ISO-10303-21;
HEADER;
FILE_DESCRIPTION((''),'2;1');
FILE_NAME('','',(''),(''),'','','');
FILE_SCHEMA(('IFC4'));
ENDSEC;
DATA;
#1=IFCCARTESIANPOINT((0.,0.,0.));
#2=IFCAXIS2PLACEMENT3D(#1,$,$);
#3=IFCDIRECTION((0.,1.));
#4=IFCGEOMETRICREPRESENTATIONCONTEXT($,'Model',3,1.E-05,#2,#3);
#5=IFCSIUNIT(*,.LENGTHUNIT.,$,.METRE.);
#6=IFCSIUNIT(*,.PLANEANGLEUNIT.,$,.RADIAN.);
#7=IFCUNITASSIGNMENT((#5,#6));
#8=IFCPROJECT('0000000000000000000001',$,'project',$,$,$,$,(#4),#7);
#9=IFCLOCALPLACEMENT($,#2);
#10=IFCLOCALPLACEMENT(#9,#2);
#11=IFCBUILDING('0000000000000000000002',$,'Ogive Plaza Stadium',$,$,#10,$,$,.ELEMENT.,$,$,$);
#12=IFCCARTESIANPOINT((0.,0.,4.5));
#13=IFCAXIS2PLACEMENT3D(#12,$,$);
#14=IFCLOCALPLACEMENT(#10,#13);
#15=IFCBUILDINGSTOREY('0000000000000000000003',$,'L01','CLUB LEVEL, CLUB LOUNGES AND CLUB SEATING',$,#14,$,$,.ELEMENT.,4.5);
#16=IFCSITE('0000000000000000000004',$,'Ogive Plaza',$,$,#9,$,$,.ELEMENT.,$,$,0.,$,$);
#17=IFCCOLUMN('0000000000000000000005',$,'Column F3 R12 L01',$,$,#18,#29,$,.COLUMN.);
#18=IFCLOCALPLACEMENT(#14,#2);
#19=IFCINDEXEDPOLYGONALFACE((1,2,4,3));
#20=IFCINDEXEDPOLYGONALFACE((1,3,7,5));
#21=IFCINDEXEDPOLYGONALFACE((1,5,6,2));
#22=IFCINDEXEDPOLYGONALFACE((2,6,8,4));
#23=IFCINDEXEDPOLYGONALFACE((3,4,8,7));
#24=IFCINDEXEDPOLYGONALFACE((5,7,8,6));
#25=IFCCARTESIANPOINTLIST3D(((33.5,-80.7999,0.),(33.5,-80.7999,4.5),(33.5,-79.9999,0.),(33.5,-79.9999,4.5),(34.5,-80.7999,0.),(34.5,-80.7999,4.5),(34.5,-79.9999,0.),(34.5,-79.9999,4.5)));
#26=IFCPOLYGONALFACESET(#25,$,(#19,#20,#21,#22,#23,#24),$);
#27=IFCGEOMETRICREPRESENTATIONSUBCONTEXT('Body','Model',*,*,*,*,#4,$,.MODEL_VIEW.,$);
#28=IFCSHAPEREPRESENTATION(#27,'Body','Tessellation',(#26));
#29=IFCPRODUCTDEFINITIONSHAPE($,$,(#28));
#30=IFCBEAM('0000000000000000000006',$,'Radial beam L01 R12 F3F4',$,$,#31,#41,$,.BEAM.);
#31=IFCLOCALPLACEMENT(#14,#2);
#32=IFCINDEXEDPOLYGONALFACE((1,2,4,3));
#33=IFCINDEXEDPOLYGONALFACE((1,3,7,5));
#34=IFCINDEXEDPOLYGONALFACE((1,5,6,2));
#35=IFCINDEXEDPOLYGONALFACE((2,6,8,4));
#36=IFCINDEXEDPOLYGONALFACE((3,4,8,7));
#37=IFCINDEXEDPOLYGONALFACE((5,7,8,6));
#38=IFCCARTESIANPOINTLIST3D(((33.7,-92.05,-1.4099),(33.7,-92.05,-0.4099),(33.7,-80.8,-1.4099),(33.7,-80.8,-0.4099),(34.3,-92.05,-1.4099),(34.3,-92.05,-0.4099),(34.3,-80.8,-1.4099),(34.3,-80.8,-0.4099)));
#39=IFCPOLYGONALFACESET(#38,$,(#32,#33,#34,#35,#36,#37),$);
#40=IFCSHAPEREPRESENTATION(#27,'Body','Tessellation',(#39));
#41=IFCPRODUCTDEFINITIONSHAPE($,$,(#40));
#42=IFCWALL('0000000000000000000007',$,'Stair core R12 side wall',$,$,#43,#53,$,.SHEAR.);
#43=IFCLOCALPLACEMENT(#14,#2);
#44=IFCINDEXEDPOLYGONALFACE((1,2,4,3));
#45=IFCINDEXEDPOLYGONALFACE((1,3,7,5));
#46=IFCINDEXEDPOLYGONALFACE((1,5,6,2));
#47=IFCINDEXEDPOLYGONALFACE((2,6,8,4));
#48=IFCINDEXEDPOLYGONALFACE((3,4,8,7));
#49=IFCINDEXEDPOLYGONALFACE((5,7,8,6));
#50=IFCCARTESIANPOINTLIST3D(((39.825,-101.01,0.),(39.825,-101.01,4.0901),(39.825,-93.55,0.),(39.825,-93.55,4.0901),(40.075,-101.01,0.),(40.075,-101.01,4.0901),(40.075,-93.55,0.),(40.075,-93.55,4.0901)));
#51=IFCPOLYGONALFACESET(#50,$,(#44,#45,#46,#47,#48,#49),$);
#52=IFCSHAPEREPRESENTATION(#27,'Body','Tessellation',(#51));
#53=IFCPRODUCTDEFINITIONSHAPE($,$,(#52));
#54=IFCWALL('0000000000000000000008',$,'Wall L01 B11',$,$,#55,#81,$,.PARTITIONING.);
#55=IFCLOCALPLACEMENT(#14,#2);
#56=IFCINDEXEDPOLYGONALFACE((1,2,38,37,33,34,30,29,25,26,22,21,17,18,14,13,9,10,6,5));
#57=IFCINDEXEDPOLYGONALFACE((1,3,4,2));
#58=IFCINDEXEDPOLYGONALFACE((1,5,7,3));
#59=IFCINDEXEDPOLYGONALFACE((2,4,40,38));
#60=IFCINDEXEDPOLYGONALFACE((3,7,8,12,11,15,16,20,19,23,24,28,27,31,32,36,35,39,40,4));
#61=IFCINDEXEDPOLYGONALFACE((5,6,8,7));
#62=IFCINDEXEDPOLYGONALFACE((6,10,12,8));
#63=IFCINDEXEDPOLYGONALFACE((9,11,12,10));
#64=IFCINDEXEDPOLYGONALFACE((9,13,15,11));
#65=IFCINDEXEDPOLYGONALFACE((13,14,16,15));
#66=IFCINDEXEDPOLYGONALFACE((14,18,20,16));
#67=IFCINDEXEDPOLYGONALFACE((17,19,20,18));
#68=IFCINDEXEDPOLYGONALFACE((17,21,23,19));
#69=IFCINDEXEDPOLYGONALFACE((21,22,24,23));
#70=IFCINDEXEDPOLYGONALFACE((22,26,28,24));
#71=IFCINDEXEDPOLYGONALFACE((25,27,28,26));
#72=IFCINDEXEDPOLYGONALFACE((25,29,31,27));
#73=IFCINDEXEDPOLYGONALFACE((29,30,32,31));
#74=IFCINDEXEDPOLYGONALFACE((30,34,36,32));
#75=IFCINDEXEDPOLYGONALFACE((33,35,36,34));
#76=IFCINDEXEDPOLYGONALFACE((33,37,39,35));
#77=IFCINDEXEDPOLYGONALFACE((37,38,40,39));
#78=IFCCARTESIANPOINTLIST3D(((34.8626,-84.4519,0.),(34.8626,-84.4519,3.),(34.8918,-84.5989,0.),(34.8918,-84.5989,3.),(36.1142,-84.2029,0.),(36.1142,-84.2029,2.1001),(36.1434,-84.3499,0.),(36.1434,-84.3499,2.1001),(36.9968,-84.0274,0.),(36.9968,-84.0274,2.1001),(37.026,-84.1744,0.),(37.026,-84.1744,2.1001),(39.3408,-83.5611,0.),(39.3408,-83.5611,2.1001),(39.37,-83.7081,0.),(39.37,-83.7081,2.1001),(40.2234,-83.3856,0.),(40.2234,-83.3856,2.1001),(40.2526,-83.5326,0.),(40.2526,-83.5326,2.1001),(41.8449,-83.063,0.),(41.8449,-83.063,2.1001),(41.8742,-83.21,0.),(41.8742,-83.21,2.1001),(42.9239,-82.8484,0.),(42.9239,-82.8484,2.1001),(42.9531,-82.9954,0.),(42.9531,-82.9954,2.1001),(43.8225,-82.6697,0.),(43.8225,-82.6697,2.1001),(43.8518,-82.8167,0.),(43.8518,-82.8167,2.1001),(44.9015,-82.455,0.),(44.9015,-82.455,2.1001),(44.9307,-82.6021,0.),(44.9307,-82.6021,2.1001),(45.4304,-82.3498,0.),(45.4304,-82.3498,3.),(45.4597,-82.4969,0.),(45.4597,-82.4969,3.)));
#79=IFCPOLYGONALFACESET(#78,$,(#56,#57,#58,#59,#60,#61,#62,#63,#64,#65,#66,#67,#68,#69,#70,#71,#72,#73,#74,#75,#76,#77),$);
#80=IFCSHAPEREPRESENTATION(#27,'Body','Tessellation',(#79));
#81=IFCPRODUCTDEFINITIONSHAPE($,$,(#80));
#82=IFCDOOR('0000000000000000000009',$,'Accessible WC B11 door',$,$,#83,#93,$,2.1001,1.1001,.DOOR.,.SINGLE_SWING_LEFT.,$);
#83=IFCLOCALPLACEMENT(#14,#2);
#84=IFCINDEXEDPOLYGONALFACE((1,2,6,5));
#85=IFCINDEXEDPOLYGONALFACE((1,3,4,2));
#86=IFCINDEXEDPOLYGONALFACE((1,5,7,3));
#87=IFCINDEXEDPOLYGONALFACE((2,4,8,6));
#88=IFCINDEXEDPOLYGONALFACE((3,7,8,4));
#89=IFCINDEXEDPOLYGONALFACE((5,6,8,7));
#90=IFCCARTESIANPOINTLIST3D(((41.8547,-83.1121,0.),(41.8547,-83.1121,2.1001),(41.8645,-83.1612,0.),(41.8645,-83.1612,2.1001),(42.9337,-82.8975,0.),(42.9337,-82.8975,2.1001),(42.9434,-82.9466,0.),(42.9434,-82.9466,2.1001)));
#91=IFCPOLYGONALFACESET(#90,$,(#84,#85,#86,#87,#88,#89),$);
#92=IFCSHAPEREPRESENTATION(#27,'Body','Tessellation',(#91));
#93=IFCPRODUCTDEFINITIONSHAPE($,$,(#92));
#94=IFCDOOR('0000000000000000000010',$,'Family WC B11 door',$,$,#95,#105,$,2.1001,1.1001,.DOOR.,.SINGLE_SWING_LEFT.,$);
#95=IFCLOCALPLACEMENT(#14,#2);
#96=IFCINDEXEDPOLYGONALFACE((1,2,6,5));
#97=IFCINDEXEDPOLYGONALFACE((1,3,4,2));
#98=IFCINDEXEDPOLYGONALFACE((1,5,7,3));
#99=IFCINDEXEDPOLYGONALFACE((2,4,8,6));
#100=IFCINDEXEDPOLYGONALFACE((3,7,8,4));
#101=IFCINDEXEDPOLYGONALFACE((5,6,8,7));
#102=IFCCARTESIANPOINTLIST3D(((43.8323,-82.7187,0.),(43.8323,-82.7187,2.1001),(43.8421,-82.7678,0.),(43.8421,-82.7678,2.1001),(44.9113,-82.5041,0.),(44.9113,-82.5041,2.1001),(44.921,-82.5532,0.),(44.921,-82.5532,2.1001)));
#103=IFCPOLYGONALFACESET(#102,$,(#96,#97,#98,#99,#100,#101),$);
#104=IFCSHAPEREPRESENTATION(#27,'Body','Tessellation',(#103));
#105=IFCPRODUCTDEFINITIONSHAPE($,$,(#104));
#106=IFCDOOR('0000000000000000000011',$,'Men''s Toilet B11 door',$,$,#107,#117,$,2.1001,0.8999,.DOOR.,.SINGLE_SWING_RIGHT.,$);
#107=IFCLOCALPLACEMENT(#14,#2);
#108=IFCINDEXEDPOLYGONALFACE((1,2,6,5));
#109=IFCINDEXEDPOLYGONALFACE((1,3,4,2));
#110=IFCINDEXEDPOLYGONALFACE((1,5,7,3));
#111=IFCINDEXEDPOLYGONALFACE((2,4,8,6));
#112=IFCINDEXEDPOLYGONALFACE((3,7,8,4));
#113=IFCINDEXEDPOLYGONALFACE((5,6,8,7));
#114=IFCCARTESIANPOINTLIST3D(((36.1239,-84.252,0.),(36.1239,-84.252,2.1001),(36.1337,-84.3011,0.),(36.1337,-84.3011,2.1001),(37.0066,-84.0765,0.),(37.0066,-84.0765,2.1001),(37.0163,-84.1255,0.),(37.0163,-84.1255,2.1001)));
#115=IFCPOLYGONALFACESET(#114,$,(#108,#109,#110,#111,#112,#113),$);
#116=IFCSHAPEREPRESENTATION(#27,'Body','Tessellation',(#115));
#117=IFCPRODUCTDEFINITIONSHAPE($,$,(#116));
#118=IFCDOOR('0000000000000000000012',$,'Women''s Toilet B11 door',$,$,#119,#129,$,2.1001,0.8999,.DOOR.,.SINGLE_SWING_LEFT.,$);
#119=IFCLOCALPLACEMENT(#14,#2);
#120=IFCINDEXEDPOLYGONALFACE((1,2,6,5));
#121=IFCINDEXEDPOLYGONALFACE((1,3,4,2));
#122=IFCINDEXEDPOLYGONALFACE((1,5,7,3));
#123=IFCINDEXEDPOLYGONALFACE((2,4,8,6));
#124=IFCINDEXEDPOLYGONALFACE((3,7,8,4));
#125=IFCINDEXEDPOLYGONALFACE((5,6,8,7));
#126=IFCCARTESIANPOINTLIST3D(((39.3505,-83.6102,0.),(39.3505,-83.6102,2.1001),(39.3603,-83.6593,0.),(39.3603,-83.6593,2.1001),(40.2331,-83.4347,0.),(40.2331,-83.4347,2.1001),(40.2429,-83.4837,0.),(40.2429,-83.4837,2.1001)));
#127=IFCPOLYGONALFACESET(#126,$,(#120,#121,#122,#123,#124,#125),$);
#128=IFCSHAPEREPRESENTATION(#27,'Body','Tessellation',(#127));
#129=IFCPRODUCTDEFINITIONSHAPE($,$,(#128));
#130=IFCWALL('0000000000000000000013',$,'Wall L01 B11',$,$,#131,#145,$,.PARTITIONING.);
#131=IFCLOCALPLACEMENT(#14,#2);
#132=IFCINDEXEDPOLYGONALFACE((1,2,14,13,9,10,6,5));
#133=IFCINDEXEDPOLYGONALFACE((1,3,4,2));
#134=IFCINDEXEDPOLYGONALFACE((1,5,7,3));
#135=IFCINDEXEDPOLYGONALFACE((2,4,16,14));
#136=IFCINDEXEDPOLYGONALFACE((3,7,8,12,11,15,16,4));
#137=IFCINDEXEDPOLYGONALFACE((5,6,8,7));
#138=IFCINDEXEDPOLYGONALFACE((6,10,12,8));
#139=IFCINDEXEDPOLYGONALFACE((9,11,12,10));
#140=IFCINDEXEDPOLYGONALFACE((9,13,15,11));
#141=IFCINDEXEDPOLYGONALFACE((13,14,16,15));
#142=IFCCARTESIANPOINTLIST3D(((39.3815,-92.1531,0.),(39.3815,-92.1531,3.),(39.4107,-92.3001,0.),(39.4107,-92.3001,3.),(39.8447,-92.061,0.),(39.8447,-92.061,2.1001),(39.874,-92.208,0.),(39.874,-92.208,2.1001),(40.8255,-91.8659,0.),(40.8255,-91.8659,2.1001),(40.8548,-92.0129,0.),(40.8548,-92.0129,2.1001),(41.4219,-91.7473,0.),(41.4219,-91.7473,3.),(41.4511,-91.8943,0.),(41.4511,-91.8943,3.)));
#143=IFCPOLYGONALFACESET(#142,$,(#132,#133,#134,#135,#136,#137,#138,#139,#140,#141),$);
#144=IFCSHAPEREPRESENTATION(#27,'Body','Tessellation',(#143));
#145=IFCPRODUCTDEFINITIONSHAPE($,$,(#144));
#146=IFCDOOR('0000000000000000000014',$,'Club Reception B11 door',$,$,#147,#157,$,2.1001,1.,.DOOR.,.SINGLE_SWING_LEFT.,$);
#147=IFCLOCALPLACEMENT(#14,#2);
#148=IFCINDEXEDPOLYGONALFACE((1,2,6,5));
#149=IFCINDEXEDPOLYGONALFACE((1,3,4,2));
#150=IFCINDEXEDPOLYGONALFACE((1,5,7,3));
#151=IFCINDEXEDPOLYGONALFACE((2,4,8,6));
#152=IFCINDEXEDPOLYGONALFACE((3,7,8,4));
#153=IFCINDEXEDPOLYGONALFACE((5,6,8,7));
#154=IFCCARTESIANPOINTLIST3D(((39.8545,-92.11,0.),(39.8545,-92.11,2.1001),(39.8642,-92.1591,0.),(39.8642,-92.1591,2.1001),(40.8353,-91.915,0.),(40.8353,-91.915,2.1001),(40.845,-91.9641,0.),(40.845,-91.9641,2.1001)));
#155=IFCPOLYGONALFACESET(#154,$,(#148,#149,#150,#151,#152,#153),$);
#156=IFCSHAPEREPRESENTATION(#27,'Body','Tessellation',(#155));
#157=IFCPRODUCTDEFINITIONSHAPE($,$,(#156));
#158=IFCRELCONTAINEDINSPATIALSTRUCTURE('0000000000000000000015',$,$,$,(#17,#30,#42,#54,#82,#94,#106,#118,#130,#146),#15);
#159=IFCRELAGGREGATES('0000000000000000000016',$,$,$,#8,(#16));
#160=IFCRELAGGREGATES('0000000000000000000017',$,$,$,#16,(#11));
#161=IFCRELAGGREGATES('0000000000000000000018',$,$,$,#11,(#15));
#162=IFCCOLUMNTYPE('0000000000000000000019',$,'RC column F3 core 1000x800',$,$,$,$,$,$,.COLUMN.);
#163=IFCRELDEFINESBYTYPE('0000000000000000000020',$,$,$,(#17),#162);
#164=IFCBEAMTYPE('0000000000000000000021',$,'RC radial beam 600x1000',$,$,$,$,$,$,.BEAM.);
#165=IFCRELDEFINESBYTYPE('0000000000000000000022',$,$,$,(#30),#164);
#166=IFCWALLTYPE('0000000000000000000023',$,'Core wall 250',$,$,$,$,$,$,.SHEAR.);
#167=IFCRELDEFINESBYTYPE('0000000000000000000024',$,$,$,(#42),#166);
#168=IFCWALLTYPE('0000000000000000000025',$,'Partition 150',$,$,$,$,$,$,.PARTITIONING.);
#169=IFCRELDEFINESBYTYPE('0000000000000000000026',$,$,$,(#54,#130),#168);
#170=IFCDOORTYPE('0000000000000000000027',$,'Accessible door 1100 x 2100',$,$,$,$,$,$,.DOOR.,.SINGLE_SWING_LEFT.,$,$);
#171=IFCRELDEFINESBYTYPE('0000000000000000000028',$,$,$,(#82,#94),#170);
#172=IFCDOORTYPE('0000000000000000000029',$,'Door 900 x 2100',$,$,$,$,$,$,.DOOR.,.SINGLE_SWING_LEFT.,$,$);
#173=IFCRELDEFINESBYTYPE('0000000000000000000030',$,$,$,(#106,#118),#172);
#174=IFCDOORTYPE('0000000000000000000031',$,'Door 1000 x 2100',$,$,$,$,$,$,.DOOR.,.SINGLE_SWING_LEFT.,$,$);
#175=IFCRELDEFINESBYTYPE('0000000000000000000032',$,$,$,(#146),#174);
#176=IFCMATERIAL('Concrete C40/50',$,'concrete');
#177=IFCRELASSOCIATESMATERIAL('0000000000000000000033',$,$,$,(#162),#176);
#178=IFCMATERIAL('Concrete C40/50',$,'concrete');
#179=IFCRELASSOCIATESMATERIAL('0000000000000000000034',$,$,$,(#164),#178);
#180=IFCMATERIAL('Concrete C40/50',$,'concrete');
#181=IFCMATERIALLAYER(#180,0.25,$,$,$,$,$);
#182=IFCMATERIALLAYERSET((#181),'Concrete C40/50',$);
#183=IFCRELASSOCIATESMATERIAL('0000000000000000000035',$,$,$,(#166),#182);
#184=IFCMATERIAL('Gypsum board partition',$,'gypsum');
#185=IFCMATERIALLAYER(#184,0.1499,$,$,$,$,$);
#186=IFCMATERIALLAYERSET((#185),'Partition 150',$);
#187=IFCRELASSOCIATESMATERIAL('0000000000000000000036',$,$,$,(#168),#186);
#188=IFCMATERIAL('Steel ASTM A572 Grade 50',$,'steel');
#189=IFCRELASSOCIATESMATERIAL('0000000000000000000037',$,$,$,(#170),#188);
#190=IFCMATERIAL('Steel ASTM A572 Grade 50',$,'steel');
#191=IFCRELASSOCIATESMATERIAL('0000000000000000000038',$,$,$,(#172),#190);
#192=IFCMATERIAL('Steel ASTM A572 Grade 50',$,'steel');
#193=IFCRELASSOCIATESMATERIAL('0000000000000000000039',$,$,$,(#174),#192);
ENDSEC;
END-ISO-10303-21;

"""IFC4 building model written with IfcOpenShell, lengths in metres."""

from ifc_helpers import new_model, si_unit, direction, frame, frame_2d, origin, origin_2d, place, context, subcontext, project, spatial, rectangle, extrude, material, layer, layer_set, material_profile, profile_set, type_object, element, fill, save


model = new_model("IFC4")

# Units and contexts
model_context = context("Model", 3, precision=1e-05, world=origin(), true_north=direction((0.0, 1.0)))
body_context = subcontext(model_context, "Body", "Model", "MODEL_VIEW")
ifc_project = project(units=[si_unit("LENGTHUNIT", "METRE"), si_unit("PLANEANGLEUNIT", "RADIAN")], contexts=[model_context])

# Site, building, storey
site_placement = place(None, origin())
site = spatial("IfcSite", under=ifc_project, at=site_placement, Name="Ogive Plaza", CompositionType="ELEMENT", RefElevation=0.0)
building_placement = place(site_placement, origin())
building = spatial("IfcBuilding", under=site, at=building_placement, Name="Ogive Plaza Stadium", CompositionType="ELEMENT")
storey_placement = place(building_placement, frame((0.0, 0.0, 4.5)))
storey = spatial("IfcBuildingStorey", under=building, at=storey_placement, Name="L01", Description="CLUB LEVEL, CLUB LOUNGES AND CLUB SEATING", CompositionType="ELEMENT", Elevation=4.5)

# Column
ifc_material_1 = material(Name="Concrete C40/50", Category="concrete")
ifc_material_profile_1 = material_profile(ifc_material_1, rectangle(XDim=1.0, YDim=0.8, at=origin_2d()), Name="RC 1000x800")
ifc_profile_set_1 = profile_set([ifc_material_profile_1], Name="Concrete C40/50")
column_type = type_object("IfcColumnType", Name="RC column F3 core 1000x800", PredefinedType="COLUMN", material=ifc_profile_set_1)
column_placement = place(storey_placement, frame((34.0, -80.3999, 0.0), z_axis=(0.0, 0.0, 1.0), x_axis=(1.0, 0.0, 0.0)))
element("IfcColumn", 1, at=column_placement, inside=storey, type_object=column_type, Name="Column F3 R12 L01", PredefinedType="COLUMN", context=body_context, shape_type="SweptSolid", body=[
    extrude(rectangle(XDim=1.0, YDim=0.8, at=origin_2d()), origin(), (0.0, 0.0, 1.0), 4.5),
])

# Beam
ifc_material_2 = material(Name="Concrete C40/50", Category="concrete")
ifc_material_profile_2 = material_profile(ifc_material_2, rectangle(XDim=0.6001, YDim=1.0, at=origin_2d()), Name="RC 600x1000")
ifc_profile_set_2 = profile_set([ifc_material_profile_2], Name="Concrete C40/50")
beam_type = type_object("IfcBeamType", Name="RC radial beam 600x1000", PredefinedType="BEAM", material=ifc_profile_set_2)
beam_placement = place(storey_placement, frame((34.0, -80.8, -0.9099), z_axis=(0.0, -1.0, 0.0), x_axis=(1.0, 0.0, 0.0)))
element("IfcBeam", 2, at=beam_placement, inside=storey, type_object=beam_type, Name="Radial beam L01 R12 F3F4", PredefinedType="BEAM", context=body_context, shape_type="SweptSolid", body=[
    extrude(rectangle(XDim=0.6001, YDim=1.0, at=origin_2d()), origin(), (0.0, 0.0, 1.0), 11.25),
])

# Wall
ifc_material_3 = material(Name="Concrete C40/50", Category="concrete")
ifc_layer_1 = layer(ifc_material_3, 0.25)
ifc_layer_set_1 = layer_set([ifc_layer_1], Name="Concrete C40/50")
wall_type_1 = type_object("IfcWallType", Name="Core wall 250", PredefinedType="SHEAR", material=ifc_layer_set_1)
wall_1_placement = place(storey_placement, frame((39.95, -93.55, 0.0), z_axis=(0.0, 0.0, 1.0), x_axis=(0.0, -1.0, 0.0)))
element("IfcWall", 3, at=wall_1_placement, inside=storey, type_object=wall_type_1, Name="Stair core R12 side wall", PredefinedType="SHEAR", context=body_context, shape_type="SweptSolid", body=[
    extrude(rectangle(XDim=7.46, YDim=0.25, at=frame_2d((3.73, 0.0))), origin(), (0.0, 0.0, 1.0), 4.0901),
])

# Wall, openings, doors
ifc_material_4 = material(Name="Gypsum board partition", Category="gypsum")
ifc_layer_2 = layer(ifc_material_4, 0.1499)
ifc_layer_set_2 = layer_set([ifc_layer_2], Name="Partition 150")
wall_type_2 = type_object("IfcWallType", Name="Partition 150", PredefinedType="PARTITIONING", material=ifc_layer_set_2)
wall_2_placement = place(storey_placement, frame((34.8772, -84.5254, 0.0), z_axis=(0.0, 0.0, 1.0), x_axis=(0.980786, 0.195088, 0.0)))
wall_2 = element("IfcWall", 4, at=wall_2_placement, inside=storey, type_object=wall_type_2, Name="Wall L01 B11", PredefinedType="PARTITIONING", context=body_context, shape_type="SweptSolid", body=[
    extrude(rectangle(XDim=10.7749, YDim=0.1499, at=frame_2d((5.3875, 0.0))), origin(), (0.0, 0.0, 1.0), 3.0),
])
opening_1_placement = place(wall_2_placement, frame((1.2761, 0.0, 0.0)))
opening_1 = element("IfcOpeningElement", 5, at=opening_1_placement, cuts=wall_2, PredefinedType="OPENING", context=body_context, shape_type="SweptSolid", body=[
    extrude(rectangle(XDim=0.8999, YDim=2.1001, at=frame_2d((0.45, 1.05))), frame((0.0, 0.075, 0.0), z_axis=(0.0, -1.0, 0.0), x_axis=(1.0, 0.0, 0.0)), (0.0, 0.0, 1.0), 0.1499),
])
opening_2_placement = place(wall_2_placement, frame((4.5659, 0.0, 0.0)))
opening_2 = element("IfcOpeningElement", 6, at=opening_2_placement, cuts=wall_2, PredefinedType="OPENING", context=body_context, shape_type="SweptSolid", body=[
    extrude(rectangle(XDim=0.8999, YDim=2.1001, at=frame_2d((0.45, 1.05))), frame((0.0, 0.075, 0.0), z_axis=(0.0, -1.0, 0.0), x_axis=(1.0, 0.0, 0.0)), (0.0, 0.0, 1.0), 0.1499),
])
opening_3_placement = place(wall_2_placement, frame((7.1191, 0.0, 0.0)))
opening_3 = element("IfcOpeningElement", 7, at=opening_3_placement, cuts=wall_2, PredefinedType="OPENING", context=body_context, shape_type="SweptSolid", body=[
    extrude(rectangle(XDim=1.1001, YDim=2.1001, at=frame_2d((0.55, 1.05))), frame((0.0, 0.075, 0.0), z_axis=(0.0, -1.0, 0.0), x_axis=(1.0, 0.0, 0.0)), (0.0, 0.0, 1.0), 0.1499),
])
opening_4_placement = place(wall_2_placement, frame((9.1355, 0.0, 0.0)))
opening_4 = element("IfcOpeningElement", 8, at=opening_4_placement, cuts=wall_2, PredefinedType="OPENING", context=body_context, shape_type="SweptSolid", body=[
    extrude(rectangle(XDim=1.1001, YDim=2.1001, at=frame_2d((0.55, 1.05))), frame((0.0, 0.075, 0.0), z_axis=(0.0, -1.0, 0.0), x_axis=(1.0, 0.0, 0.0)), (0.0, 0.0, 1.0), 0.1499),
])
ifc_material_5 = material(Name="Steel ASTM A572 Grade 50", Category="steel")
door_type_1 = type_object("IfcDoorType", Name="Accessible door 1100 x 2100", OperationType="SINGLE_SWING_LEFT", PredefinedType="DOOR", material=ifc_material_5)
door_1_placement = place(opening_3_placement, origin())
door_1 = element("IfcDoor", 9, at=door_1_placement, inside=storey, type_object=door_type_1, Name="Accessible WC B11 door", OperationType="SINGLE_SWING_LEFT", OverallHeight=2.1001, OverallWidth=1.1001, PredefinedType="DOOR", context=body_context, shape_type="SweptSolid", body=[
    extrude(rectangle(XDim=1.1001, YDim=2.1001, at=frame_2d((0.55, 1.05))), frame((0.0, 0.0249, 0.0), z_axis=(0.0, -1.0, 0.0), x_axis=(1.0, 0.0, 0.0)), (0.0, 0.0, 1.0), 0.05),
])
fill(opening_3, door_1)
door_2_placement = place(opening_4_placement, origin())
door_2 = element("IfcDoor", 10, at=door_2_placement, inside=storey, type_object=door_type_1, Name="Family WC B11 door", OperationType="SINGLE_SWING_LEFT", OverallHeight=2.1001, OverallWidth=1.1001, PredefinedType="DOOR", context=body_context, shape_type="SweptSolid", body=[
    extrude(rectangle(XDim=1.1001, YDim=2.1001, at=frame_2d((0.55, 1.05))), frame((0.0, 0.0249, 0.0), z_axis=(0.0, -1.0, 0.0), x_axis=(1.0, 0.0, 0.0)), (0.0, 0.0, 1.0), 0.05),
])
fill(opening_4, door_2)
ifc_material_6 = material(Name="Steel ASTM A572 Grade 50", Category="steel")
door_type_2 = type_object("IfcDoorType", Name="Door 900 x 2100", OperationType="SINGLE_SWING_LEFT", PredefinedType="DOOR", material=ifc_material_6)
door_3_placement = place(opening_1_placement, origin())
door_3 = element("IfcDoor", 11, at=door_3_placement, inside=storey, type_object=door_type_2, Name="Men's Toilet B11 door", OperationType="SINGLE_SWING_RIGHT", OverallHeight=2.1001, OverallWidth=0.8999, PredefinedType="DOOR", context=body_context, shape_type="SweptSolid", body=[
    extrude(rectangle(XDim=0.8999, YDim=2.1001, at=frame_2d((0.45, 1.05))), frame((0.0, 0.0249, 0.0), z_axis=(0.0, -1.0, 0.0), x_axis=(1.0, 0.0, 0.0)), (0.0, 0.0, 1.0), 0.05),
])
fill(opening_1, door_3)
door_4_placement = place(opening_2_placement, origin())
door_4 = element("IfcDoor", 12, at=door_4_placement, inside=storey, type_object=door_type_2, Name="Women's Toilet B11 door", OperationType="SINGLE_SWING_LEFT", OverallHeight=2.1001, OverallWidth=0.8999, PredefinedType="DOOR", context=body_context, shape_type="SweptSolid", body=[
    extrude(rectangle(XDim=0.8999, YDim=2.1001, at=frame_2d((0.45, 1.05))), frame((0.0, 0.0249, 0.0), z_axis=(0.0, -1.0, 0.0), x_axis=(1.0, 0.0, 0.0)), (0.0, 0.0, 1.0), 0.05),
])
fill(opening_2, door_4)

# Wall, opening, door
wall_3_placement = place(storey_placement, frame((39.3962, -92.2266, 0.0), z_axis=(0.0, 0.0, 1.0), x_axis=(0.980792, 0.195055, 0.0)))
wall_3 = element("IfcWall", 13, at=wall_3_placement, inside=storey, type_object=wall_type_2, Name="Wall L01 B11", PredefinedType="PARTITIONING", context=body_context, shape_type="SweptSolid", body=[
    extrude(rectangle(XDim=2.0803, YDim=0.1499, at=frame_2d((1.04, 0.0))), origin(), (0.0, 0.0, 1.0), 3.0),
])
opening_5_placement = place(wall_3_placement, frame((0.4722, 0.0, 0.0)))
opening_5 = element("IfcOpeningElement", 14, at=opening_5_placement, cuts=wall_3, PredefinedType="OPENING", context=body_context, shape_type="SweptSolid", body=[
    extrude(rectangle(XDim=1.0, YDim=2.1001, at=frame_2d((0.5, 1.05))), frame((0.0, 0.075, 0.0), z_axis=(0.0, -1.0, 0.0), x_axis=(1.0, 0.0, 0.0)), (0.0, 0.0, 1.0), 0.1499),
])
ifc_material_7 = material(Name="Steel ASTM A572 Grade 50", Category="steel")
door_type_3 = type_object("IfcDoorType", Name="Door 1000 x 2100", OperationType="SINGLE_SWING_LEFT", PredefinedType="DOOR", material=ifc_material_7)
door_5_placement = place(opening_5_placement, origin())
door_5 = element("IfcDoor", 15, at=door_5_placement, inside=storey, type_object=door_type_3, Name="Club Reception B11 door", OperationType="SINGLE_SWING_LEFT", OverallHeight=2.1001, OverallWidth=1.0, PredefinedType="DOOR", context=body_context, shape_type="SweptSolid", body=[
    extrude(rectangle(XDim=1.0, YDim=2.1001, at=frame_2d((0.5, 1.05))), frame((0.0, 0.0249, 0.0), z_axis=(0.0, -1.0, 0.0), x_axis=(1.0, 0.0, 0.0)), (0.0, 0.0, 1.0), 0.05),
])
fill(opening_5, door_5)

save(model, "model.ifc")
